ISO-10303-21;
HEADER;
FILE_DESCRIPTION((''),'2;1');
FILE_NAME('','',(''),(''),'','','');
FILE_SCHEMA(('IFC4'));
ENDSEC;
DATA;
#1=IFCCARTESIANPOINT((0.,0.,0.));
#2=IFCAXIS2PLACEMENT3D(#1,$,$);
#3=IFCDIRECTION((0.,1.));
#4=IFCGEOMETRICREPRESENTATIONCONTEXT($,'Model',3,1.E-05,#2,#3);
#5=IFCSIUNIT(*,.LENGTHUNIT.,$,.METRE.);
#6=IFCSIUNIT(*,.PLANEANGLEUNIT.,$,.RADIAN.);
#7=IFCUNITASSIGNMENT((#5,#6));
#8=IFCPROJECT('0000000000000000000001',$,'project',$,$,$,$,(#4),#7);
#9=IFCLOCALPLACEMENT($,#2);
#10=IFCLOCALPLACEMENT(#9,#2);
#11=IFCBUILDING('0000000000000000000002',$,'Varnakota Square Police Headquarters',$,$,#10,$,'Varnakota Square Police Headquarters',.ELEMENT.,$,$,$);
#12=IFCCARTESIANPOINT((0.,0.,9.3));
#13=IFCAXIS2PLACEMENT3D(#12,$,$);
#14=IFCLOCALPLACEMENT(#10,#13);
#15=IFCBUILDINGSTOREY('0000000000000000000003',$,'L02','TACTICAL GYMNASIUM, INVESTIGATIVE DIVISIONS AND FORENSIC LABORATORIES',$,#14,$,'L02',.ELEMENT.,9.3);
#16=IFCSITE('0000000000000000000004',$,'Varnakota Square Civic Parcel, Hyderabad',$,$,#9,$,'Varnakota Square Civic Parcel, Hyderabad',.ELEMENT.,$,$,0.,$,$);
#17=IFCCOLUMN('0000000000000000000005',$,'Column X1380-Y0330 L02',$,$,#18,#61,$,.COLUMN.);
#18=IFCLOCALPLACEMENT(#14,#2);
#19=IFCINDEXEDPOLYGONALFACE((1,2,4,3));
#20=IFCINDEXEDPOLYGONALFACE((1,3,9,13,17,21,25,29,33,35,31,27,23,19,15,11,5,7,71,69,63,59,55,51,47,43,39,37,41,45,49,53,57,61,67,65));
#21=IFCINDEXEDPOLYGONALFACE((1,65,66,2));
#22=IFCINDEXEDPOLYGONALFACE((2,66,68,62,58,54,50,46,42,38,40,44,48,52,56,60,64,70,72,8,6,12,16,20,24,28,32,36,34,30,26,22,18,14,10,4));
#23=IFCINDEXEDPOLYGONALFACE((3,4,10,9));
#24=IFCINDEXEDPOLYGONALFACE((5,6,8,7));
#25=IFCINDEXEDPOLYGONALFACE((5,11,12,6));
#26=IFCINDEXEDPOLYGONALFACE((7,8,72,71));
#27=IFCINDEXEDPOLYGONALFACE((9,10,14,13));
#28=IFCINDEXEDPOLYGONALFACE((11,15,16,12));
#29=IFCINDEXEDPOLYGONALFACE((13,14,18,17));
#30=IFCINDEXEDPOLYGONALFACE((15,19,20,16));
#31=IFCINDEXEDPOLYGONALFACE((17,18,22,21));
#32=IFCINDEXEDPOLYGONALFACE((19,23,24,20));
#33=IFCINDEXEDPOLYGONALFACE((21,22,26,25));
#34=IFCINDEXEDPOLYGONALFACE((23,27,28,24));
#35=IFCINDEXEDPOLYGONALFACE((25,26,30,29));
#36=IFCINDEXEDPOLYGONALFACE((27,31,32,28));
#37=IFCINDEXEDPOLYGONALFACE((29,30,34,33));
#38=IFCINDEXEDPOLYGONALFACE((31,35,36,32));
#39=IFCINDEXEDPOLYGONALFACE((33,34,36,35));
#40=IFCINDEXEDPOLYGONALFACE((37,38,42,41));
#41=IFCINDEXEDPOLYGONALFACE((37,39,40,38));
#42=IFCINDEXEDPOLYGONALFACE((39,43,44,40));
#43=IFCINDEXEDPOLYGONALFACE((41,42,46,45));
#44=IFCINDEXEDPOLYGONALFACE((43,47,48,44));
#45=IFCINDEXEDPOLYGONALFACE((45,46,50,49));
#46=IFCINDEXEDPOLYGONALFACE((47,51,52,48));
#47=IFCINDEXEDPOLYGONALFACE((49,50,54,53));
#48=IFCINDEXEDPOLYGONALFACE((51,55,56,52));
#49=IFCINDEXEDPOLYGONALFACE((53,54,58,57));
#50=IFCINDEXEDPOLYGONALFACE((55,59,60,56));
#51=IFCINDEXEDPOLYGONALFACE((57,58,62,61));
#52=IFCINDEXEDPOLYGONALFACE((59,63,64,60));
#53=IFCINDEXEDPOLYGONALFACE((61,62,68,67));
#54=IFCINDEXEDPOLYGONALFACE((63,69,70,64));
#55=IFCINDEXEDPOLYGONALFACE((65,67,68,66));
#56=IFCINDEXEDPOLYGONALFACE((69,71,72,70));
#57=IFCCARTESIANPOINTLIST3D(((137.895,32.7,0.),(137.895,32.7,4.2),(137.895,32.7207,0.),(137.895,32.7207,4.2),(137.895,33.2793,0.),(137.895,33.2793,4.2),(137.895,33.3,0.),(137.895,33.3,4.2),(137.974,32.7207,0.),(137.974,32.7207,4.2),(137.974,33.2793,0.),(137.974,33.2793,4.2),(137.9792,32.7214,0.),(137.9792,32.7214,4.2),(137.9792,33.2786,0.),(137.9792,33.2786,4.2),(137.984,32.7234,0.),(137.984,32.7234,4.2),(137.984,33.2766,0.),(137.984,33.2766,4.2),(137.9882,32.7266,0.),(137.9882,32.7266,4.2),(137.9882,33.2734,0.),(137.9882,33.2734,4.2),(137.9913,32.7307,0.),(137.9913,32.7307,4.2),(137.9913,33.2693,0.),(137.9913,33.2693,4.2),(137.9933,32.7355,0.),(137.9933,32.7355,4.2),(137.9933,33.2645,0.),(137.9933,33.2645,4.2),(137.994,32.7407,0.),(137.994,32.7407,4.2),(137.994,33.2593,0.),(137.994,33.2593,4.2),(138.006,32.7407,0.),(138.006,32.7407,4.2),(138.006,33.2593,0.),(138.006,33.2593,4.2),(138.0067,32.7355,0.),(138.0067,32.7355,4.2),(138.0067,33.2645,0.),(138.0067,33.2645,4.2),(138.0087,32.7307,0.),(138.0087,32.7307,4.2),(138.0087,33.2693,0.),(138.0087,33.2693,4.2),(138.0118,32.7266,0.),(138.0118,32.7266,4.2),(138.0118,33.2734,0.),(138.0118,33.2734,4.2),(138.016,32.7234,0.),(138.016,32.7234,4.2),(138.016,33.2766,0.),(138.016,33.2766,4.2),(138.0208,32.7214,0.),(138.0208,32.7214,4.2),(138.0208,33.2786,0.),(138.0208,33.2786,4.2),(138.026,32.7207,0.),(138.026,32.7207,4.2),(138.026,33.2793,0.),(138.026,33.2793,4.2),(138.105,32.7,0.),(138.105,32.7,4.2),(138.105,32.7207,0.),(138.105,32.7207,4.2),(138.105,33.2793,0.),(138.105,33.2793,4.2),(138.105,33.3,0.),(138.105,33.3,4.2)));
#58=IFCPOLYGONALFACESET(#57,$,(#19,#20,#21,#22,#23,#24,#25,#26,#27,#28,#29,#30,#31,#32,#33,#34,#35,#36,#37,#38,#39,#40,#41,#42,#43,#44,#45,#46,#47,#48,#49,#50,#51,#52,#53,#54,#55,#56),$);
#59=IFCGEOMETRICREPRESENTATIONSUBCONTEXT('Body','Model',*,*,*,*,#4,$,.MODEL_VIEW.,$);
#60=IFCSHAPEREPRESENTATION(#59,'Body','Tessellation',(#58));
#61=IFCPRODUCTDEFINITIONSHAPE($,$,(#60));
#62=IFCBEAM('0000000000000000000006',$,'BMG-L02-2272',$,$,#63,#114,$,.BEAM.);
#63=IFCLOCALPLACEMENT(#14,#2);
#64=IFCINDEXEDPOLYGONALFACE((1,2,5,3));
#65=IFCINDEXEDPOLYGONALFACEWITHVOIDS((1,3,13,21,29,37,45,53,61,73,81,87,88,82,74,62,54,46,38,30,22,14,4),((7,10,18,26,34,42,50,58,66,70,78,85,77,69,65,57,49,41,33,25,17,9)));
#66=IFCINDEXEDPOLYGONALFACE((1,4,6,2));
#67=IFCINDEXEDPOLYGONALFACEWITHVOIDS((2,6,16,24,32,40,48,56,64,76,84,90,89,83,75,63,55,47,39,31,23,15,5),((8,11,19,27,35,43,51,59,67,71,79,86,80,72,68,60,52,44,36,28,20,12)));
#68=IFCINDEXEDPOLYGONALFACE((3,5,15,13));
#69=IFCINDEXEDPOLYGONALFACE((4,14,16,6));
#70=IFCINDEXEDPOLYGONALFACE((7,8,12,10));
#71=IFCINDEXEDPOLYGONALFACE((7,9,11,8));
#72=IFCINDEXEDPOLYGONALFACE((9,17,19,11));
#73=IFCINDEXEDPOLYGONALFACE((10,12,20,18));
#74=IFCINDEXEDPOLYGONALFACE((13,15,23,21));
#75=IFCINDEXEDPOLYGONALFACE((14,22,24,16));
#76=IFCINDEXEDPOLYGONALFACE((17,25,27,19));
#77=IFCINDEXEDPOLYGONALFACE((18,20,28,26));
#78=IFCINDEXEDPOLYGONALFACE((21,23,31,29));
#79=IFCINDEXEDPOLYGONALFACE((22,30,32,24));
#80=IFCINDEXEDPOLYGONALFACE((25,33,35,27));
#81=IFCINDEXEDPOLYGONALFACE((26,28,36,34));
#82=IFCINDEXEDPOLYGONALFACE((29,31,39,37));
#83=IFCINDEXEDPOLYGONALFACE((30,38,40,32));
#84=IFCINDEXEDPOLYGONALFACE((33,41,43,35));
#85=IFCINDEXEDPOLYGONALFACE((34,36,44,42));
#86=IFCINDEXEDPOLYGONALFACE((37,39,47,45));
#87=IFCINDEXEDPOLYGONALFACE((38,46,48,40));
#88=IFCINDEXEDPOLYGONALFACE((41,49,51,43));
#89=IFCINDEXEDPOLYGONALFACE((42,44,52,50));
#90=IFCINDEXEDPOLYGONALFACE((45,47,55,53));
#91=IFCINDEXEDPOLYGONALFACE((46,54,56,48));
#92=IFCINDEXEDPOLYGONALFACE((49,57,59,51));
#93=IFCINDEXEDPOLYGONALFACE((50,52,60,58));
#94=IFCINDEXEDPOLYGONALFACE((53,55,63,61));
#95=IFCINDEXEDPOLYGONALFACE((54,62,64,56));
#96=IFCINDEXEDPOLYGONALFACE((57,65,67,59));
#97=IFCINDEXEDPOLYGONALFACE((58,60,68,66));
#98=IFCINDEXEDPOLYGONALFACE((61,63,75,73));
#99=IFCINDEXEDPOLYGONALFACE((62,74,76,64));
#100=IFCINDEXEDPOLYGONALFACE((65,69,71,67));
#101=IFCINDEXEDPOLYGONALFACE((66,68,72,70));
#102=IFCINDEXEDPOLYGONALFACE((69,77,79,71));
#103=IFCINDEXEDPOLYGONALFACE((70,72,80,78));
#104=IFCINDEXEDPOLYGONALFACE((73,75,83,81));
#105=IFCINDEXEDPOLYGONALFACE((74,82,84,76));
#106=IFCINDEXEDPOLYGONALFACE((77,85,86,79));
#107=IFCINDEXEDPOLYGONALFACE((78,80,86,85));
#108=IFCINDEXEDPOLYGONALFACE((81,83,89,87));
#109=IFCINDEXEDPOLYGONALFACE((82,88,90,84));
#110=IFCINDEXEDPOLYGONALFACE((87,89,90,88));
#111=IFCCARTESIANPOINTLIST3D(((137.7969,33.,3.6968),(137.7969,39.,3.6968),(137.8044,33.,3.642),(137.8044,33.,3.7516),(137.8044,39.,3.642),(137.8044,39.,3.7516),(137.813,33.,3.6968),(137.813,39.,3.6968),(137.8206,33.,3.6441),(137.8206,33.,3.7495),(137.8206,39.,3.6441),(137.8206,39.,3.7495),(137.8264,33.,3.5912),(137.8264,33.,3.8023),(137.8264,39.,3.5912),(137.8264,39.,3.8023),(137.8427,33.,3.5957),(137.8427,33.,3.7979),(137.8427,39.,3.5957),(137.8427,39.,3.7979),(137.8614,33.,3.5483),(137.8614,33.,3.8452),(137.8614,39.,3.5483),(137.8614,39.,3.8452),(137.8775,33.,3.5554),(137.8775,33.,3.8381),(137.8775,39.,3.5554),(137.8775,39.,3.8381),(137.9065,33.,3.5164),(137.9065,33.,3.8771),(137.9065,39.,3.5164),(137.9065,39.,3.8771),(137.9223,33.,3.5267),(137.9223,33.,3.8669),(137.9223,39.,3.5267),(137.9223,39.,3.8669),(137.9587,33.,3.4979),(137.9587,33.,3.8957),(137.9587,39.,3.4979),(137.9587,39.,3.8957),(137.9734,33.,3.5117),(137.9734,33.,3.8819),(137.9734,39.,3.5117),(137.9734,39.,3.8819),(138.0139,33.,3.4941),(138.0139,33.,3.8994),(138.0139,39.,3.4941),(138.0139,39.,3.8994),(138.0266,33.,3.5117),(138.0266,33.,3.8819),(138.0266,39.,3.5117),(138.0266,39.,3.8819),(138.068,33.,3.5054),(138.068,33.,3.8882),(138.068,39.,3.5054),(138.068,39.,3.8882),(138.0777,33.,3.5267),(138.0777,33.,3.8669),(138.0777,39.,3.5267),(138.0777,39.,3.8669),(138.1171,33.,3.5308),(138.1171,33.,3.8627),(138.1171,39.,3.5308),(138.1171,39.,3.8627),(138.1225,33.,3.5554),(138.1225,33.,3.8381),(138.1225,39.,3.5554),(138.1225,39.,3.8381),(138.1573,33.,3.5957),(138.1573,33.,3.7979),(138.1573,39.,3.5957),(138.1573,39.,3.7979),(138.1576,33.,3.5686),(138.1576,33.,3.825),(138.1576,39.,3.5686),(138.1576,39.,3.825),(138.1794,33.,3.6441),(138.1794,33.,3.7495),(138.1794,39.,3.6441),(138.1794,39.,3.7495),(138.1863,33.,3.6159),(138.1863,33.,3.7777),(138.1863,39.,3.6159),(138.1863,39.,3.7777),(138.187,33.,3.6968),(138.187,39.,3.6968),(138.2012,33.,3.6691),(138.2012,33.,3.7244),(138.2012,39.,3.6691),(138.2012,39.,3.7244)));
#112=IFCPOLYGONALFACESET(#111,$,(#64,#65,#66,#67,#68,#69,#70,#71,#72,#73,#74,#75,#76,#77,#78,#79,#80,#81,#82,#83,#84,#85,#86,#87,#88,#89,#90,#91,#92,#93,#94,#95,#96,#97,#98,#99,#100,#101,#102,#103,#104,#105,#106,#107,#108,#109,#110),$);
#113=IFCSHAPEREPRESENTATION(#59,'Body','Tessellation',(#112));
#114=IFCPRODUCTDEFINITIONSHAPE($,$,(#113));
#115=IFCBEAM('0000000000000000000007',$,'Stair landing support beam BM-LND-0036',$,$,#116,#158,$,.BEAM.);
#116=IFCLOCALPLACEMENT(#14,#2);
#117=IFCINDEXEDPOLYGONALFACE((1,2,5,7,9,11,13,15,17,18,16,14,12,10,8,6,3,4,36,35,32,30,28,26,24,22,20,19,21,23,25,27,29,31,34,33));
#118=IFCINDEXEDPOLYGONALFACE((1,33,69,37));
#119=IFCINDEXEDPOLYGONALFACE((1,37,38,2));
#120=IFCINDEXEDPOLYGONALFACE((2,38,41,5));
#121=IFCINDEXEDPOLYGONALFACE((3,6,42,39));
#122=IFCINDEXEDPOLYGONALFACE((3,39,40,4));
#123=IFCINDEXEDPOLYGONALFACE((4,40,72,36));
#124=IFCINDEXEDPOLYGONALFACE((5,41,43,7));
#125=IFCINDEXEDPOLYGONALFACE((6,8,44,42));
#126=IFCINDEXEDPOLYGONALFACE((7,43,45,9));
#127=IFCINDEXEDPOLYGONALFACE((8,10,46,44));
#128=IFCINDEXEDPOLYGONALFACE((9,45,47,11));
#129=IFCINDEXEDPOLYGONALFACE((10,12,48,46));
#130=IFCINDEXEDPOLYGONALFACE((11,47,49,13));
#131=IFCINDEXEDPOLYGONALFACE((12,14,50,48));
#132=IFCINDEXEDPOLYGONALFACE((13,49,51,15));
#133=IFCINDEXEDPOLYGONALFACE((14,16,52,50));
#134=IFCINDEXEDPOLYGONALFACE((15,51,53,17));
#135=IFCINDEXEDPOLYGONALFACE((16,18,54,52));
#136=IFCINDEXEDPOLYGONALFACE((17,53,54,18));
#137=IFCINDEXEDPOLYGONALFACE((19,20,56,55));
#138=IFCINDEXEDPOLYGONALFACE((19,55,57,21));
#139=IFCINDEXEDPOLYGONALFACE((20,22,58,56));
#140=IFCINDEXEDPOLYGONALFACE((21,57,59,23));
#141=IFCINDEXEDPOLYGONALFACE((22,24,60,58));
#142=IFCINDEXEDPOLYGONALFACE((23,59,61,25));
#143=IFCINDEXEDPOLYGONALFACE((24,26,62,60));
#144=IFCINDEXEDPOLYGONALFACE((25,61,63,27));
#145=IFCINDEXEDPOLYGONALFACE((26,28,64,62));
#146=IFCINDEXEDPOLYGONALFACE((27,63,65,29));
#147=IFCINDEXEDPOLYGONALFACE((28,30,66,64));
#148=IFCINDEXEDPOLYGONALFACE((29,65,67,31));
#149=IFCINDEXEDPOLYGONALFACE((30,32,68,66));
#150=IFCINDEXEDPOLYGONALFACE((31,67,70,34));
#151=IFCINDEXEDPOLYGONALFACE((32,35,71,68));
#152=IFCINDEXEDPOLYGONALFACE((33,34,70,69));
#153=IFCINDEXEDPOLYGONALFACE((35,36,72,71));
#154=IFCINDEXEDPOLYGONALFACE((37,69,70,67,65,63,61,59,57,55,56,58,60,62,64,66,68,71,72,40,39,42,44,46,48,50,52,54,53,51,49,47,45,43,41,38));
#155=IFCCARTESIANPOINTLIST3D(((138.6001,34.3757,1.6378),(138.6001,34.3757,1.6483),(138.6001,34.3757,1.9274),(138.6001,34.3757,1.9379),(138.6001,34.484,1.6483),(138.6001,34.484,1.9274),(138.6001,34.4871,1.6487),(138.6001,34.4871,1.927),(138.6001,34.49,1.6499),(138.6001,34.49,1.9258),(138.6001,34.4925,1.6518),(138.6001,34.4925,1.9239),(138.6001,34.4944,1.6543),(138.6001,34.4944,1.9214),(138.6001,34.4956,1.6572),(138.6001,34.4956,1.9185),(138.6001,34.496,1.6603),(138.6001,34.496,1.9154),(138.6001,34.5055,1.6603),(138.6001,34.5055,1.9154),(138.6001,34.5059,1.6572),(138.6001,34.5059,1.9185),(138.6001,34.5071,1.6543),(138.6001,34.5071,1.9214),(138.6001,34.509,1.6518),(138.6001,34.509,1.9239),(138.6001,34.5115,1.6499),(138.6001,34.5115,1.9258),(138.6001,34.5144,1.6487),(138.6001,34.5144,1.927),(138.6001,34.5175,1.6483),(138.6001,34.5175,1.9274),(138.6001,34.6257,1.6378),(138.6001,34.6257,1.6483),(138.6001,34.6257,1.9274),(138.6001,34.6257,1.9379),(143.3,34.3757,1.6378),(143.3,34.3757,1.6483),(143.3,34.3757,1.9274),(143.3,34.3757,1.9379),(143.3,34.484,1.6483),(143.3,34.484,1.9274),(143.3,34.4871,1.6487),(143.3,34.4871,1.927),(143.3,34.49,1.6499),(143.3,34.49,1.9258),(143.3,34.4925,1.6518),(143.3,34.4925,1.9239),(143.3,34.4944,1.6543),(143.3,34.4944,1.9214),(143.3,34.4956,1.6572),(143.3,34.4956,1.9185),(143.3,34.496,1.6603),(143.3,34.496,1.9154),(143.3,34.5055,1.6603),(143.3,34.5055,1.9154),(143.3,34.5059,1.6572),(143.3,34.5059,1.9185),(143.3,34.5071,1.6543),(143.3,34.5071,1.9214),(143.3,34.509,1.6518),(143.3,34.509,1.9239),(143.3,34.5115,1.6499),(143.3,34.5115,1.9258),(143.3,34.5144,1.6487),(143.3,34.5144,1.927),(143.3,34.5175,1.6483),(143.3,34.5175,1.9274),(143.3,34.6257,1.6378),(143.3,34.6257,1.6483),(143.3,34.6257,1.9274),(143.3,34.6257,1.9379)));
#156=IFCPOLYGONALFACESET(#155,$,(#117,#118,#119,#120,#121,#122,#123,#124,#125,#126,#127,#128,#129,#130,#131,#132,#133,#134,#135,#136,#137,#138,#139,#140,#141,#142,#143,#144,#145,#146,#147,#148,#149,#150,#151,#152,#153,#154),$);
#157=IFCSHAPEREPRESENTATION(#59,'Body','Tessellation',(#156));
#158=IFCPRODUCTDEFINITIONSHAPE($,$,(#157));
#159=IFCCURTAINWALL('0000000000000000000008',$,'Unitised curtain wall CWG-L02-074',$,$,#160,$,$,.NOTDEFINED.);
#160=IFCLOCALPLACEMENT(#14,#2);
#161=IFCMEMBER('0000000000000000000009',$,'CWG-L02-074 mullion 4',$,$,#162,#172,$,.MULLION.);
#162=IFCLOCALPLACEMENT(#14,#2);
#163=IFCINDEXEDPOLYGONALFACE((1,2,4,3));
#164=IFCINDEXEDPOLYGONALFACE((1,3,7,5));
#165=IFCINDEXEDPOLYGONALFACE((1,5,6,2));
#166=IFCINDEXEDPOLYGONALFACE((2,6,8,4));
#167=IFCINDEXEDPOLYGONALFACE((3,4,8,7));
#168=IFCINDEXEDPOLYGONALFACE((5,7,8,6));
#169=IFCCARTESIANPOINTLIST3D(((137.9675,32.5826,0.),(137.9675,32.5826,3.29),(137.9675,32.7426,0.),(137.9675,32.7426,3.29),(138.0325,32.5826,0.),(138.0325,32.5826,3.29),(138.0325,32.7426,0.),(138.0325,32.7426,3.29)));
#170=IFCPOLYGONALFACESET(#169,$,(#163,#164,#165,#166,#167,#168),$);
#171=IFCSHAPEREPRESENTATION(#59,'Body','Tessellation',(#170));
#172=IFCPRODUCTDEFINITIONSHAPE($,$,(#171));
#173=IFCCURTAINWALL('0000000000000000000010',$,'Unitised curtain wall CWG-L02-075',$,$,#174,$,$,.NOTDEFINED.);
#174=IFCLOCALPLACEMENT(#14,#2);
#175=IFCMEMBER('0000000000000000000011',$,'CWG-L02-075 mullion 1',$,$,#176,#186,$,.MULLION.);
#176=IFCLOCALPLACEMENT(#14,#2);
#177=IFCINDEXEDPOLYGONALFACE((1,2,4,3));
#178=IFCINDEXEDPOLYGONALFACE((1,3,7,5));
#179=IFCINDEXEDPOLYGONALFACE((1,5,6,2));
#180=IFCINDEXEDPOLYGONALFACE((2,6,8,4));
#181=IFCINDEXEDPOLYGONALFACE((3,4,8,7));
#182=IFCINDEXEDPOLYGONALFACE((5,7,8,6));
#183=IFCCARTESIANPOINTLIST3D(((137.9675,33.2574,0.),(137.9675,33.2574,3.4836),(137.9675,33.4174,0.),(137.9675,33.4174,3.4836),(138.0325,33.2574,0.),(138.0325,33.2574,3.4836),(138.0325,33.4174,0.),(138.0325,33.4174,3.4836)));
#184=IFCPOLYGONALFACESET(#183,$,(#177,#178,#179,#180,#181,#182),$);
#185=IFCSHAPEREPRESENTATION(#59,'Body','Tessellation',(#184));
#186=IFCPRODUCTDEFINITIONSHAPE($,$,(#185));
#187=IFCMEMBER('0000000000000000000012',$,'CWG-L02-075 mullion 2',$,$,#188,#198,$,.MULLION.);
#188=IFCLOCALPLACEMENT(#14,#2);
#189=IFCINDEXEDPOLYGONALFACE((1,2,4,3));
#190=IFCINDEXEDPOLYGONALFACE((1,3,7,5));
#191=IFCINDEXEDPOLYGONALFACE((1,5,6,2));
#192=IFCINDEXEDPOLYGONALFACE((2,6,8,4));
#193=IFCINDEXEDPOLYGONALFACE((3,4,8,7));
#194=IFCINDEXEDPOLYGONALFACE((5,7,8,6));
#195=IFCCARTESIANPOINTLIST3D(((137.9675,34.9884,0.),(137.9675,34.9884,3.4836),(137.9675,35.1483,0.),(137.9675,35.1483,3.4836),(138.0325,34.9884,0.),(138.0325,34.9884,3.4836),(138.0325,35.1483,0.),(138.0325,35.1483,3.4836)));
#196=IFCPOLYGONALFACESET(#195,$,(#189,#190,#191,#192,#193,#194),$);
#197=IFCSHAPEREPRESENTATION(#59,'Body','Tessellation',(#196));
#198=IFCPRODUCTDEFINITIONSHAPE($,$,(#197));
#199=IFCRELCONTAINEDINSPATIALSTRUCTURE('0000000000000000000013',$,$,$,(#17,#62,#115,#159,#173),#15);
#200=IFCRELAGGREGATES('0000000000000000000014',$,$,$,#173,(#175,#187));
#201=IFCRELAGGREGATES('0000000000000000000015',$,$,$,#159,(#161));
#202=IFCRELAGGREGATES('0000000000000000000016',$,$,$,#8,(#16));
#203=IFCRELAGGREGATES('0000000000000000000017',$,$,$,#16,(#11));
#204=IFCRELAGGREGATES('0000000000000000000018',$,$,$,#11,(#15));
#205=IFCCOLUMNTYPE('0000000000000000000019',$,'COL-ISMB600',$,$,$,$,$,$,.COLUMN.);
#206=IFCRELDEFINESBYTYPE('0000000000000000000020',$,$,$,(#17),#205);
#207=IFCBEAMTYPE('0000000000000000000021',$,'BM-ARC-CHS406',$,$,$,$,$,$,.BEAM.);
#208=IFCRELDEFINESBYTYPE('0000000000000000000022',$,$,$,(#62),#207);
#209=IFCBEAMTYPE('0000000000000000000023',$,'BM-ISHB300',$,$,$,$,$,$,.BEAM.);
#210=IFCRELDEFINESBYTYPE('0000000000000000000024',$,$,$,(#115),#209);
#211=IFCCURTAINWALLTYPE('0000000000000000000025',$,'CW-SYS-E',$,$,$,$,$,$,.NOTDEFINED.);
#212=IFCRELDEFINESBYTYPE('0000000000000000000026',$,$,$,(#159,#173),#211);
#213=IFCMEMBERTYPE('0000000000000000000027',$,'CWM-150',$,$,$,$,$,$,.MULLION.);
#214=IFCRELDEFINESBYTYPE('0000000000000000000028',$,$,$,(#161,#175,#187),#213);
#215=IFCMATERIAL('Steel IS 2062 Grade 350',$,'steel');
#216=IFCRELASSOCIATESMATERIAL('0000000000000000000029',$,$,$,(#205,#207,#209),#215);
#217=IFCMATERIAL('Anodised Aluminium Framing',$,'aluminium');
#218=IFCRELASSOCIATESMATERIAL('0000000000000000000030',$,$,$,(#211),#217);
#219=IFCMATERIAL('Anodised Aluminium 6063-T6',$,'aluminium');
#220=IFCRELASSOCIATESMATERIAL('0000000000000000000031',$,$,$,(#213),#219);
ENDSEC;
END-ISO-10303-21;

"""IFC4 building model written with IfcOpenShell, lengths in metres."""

from ifc_helpers import new_model, si_unit, direction, frame, origin, origin_2d, place, context, subcontext, project, spatial, rectangle, hollow_circle, i_section, extrude, material, material_profile, profile_set, type_object, element, aggregate, save


model = new_model("IFC4")

# Units and contexts
model_context = context("Model", 3, precision=1e-05, world=origin(), true_north=direction((0.0, 1.0)))
body_context = subcontext(model_context, "Body", "Model", "MODEL_VIEW")
ifc_project = project(units=[si_unit("LENGTHUNIT", "METRE"), si_unit("PLANEANGLEUNIT", "RADIAN")], contexts=[model_context])

# Site, building, storey
site_placement = place(None, origin())
site = spatial("IfcSite", under=ifc_project, at=site_placement, Name="Varnakota Square Civic Parcel, Hyderabad", LongName="Varnakota Square Civic Parcel, Hyderabad", CompositionType="ELEMENT", RefElevation=0.0)
building_placement = place(site_placement, origin())
building = spatial("IfcBuilding", under=site, at=building_placement, Name="Varnakota Square Police Headquarters", LongName="Varnakota Square Police Headquarters", CompositionType="ELEMENT")
storey_placement = place(building_placement, frame((0.0, 0.0, 9.3)))
storey = spatial("IfcBuildingStorey", under=building, at=storey_placement, Name="L02", Description="TACTICAL GYMNASIUM, INVESTIGATIVE DIVISIONS AND FORENSIC LABORATORIES", LongName="L02", CompositionType="ELEMENT", Elevation=9.3)

# Column
ifc_material_1 = material(Name="Steel IS 2062 Grade 350", Category="steel")
ifc_material_profile_1 = material_profile(ifc_material_1, i_section(OverallWidth=0.21, OverallDepth=0.6001, WebThickness=0.012, FlangeThickness=0.0208, FilletRadius=0.02, at=origin_2d()), Name="ISMB 600")
ifc_profile_set_1 = profile_set([ifc_material_profile_1], Name="Steel IS 2062 Grade 350")
column_type = type_object("IfcColumnType", Name="COL-ISMB600", PredefinedType="COLUMN", material=ifc_profile_set_1)
column_placement = place(storey_placement, frame((138.0, 33.0, 0.0), z_axis=(0.0, 0.0, 1.0), x_axis=(1.0, 0.0, 0.0)))
element("IfcColumn", 1, at=column_placement, inside=storey, type_object=column_type, Name="Column X1380-Y0330 L02", PredefinedType="COLUMN", context=body_context, shape_type="SweptSolid", body=[
    extrude(i_section(OverallWidth=0.21, OverallDepth=0.6001, WebThickness=0.012, FlangeThickness=0.0208, FilletRadius=0.02, at=origin_2d()), origin(), (0.0, 0.0, 1.0), 4.2),
])

# Beams
ifc_material_profile_2 = material_profile(ifc_material_1, hollow_circle(Radius=0.2031, WallThickness=0.0161, at=origin_2d()), Name="CHS 406.4x16.0")
ifc_profile_set_2 = profile_set([ifc_material_profile_2], Name="Steel IS 2062 Grade 350")
beam_type_1 = type_object("IfcBeamType", Name="BM-ARC-CHS406", PredefinedType="BEAM", material=ifc_profile_set_2)
beam_1_placement = place(storey_placement, frame((138.0, 33.0, 3.6968), z_axis=(0.0, 1.0, 0.0), x_axis=(-1.0, 0.0, 0.0)))
element("IfcBeam", 2, at=beam_1_placement, inside=storey, type_object=beam_type_1, Name="BMG-L02-2272", PredefinedType="BEAM", context=body_context, shape_type="SweptSolid", body=[
    extrude(hollow_circle(Radius=0.2031, WallThickness=0.0161, at=origin_2d()), origin(), (0.0, 0.0, 1.0), 6.0),
])
ifc_material_profile_3 = material_profile(ifc_material_1, i_section(OverallWidth=0.25, OverallDepth=0.3, WebThickness=0.0095, FlangeThickness=0.0105, FilletRadius=0.012, at=origin_2d()), Name="ISHB 300")
ifc_profile_set_3 = profile_set([ifc_material_profile_3], Name="Steel IS 2062 Grade 350")
beam_type_2 = type_object("IfcBeamType", Name="BM-ISHB300", PredefinedType="BEAM", material=ifc_profile_set_3)
beam_2_placement = place(storey_placement, frame((138.6001, 34.5007, 1.7878), z_axis=(1.0, 0.0, 0.0), x_axis=(0.0, 1.0, 0.0)))
element("IfcBeam", 3, at=beam_2_placement, inside=storey, type_object=beam_type_2, Name="Stair landing support beam BM-LND-0036", PredefinedType="BEAM", context=body_context, shape_type="SweptSolid", body=[
    extrude(i_section(OverallWidth=0.25, OverallDepth=0.3, WebThickness=0.0095, FlangeThickness=0.0105, FilletRadius=0.012, at=origin_2d()), origin(), (0.0, 0.0, 1.0), 4.7),
])

# Curtain wall, member
ifc_material_2 = material(Name="Anodised Aluminium Framing", Category="aluminium")
curtain_wall_type = type_object("IfcCurtainWallType", Name="CW-SYS-E", PredefinedType="NOTDEFINED", material=ifc_material_2)
curtain_wall_1_placement = place(storey_placement, origin())
curtain_wall_1 = element("IfcCurtainWall", 4, at=curtain_wall_1_placement, inside=storey, type_object=curtain_wall_type, Name="Unitised curtain wall CWG-L02-074", PredefinedType="NOTDEFINED")
ifc_material_3 = material(Name="Anodised Aluminium 6063-T6", Category="aluminium")
ifc_material_profile_4 = material_profile(ifc_material_3, rectangle(XDim=0.0649, YDim=0.1599, at=origin_2d()), Name="ALU MULLION 65x160")
ifc_profile_set_4 = profile_set([ifc_material_profile_4], Name="Anodised Aluminium 6063-T6")
member_type_1 = type_object("IfcMemberType", Name="CWM-150", PredefinedType="MULLION", material=ifc_profile_set_4)
member_1_placement = place(storey_placement, frame((138.0, 32.6626, 0.0), z_axis=(0.0, 0.0, 1.0), x_axis=(-1.0, 0.0, 0.0)))
member_1 = element("IfcMember", 5, at=member_1_placement, type_object=member_type_1, Name="CWG-L02-074 mullion 4", PredefinedType="MULLION", context=body_context, shape_type="SweptSolid", body=[
    extrude(rectangle(XDim=0.0649, YDim=0.1599, at=origin_2d()), origin(), (0.0, 0.0, 1.0), 3.29),
])

# Curtain wall, members
curtain_wall_2_placement = place(storey_placement, origin())
curtain_wall_2 = element("IfcCurtainWall", 6, at=curtain_wall_2_placement, inside=storey, type_object=curtain_wall_type, Name="Unitised curtain wall CWG-L02-075", PredefinedType="NOTDEFINED")
member_2_placement = place(storey_placement, frame((138.0, 33.3374, 0.0), z_axis=(0.0, 0.0, 1.0), x_axis=(-1.0, 0.0, 0.0)))
member_2 = element("IfcMember", 7, at=member_2_placement, type_object=member_type_1, Name="CWG-L02-075 mullion 1", PredefinedType="MULLION", context=body_context, shape_type="SweptSolid", body=[
    extrude(rectangle(XDim=0.0649, YDim=0.1599, at=origin_2d()), origin(), (0.0, 0.0, 1.0), 3.4836),
])
member_3_placement = place(storey_placement, frame((138.0, 35.0684, 0.0), z_axis=(0.0, 0.0, 1.0), x_axis=(-1.0, 0.0, 0.0)))
member_3 = element("IfcMember", 8, at=member_3_placement, type_object=member_type_1, Name="CWG-L02-075 mullion 2", PredefinedType="MULLION", context=body_context, shape_type="SweptSolid", body=[
    extrude(rectangle(XDim=0.0649, YDim=0.1599, at=origin_2d()), origin(), (0.0, 0.0, 1.0), 3.4836),
])
aggregate(curtain_wall_2, [member_2, member_3])

aggregate(curtain_wall_1, [member_1])

save(model, "model.ifc")
